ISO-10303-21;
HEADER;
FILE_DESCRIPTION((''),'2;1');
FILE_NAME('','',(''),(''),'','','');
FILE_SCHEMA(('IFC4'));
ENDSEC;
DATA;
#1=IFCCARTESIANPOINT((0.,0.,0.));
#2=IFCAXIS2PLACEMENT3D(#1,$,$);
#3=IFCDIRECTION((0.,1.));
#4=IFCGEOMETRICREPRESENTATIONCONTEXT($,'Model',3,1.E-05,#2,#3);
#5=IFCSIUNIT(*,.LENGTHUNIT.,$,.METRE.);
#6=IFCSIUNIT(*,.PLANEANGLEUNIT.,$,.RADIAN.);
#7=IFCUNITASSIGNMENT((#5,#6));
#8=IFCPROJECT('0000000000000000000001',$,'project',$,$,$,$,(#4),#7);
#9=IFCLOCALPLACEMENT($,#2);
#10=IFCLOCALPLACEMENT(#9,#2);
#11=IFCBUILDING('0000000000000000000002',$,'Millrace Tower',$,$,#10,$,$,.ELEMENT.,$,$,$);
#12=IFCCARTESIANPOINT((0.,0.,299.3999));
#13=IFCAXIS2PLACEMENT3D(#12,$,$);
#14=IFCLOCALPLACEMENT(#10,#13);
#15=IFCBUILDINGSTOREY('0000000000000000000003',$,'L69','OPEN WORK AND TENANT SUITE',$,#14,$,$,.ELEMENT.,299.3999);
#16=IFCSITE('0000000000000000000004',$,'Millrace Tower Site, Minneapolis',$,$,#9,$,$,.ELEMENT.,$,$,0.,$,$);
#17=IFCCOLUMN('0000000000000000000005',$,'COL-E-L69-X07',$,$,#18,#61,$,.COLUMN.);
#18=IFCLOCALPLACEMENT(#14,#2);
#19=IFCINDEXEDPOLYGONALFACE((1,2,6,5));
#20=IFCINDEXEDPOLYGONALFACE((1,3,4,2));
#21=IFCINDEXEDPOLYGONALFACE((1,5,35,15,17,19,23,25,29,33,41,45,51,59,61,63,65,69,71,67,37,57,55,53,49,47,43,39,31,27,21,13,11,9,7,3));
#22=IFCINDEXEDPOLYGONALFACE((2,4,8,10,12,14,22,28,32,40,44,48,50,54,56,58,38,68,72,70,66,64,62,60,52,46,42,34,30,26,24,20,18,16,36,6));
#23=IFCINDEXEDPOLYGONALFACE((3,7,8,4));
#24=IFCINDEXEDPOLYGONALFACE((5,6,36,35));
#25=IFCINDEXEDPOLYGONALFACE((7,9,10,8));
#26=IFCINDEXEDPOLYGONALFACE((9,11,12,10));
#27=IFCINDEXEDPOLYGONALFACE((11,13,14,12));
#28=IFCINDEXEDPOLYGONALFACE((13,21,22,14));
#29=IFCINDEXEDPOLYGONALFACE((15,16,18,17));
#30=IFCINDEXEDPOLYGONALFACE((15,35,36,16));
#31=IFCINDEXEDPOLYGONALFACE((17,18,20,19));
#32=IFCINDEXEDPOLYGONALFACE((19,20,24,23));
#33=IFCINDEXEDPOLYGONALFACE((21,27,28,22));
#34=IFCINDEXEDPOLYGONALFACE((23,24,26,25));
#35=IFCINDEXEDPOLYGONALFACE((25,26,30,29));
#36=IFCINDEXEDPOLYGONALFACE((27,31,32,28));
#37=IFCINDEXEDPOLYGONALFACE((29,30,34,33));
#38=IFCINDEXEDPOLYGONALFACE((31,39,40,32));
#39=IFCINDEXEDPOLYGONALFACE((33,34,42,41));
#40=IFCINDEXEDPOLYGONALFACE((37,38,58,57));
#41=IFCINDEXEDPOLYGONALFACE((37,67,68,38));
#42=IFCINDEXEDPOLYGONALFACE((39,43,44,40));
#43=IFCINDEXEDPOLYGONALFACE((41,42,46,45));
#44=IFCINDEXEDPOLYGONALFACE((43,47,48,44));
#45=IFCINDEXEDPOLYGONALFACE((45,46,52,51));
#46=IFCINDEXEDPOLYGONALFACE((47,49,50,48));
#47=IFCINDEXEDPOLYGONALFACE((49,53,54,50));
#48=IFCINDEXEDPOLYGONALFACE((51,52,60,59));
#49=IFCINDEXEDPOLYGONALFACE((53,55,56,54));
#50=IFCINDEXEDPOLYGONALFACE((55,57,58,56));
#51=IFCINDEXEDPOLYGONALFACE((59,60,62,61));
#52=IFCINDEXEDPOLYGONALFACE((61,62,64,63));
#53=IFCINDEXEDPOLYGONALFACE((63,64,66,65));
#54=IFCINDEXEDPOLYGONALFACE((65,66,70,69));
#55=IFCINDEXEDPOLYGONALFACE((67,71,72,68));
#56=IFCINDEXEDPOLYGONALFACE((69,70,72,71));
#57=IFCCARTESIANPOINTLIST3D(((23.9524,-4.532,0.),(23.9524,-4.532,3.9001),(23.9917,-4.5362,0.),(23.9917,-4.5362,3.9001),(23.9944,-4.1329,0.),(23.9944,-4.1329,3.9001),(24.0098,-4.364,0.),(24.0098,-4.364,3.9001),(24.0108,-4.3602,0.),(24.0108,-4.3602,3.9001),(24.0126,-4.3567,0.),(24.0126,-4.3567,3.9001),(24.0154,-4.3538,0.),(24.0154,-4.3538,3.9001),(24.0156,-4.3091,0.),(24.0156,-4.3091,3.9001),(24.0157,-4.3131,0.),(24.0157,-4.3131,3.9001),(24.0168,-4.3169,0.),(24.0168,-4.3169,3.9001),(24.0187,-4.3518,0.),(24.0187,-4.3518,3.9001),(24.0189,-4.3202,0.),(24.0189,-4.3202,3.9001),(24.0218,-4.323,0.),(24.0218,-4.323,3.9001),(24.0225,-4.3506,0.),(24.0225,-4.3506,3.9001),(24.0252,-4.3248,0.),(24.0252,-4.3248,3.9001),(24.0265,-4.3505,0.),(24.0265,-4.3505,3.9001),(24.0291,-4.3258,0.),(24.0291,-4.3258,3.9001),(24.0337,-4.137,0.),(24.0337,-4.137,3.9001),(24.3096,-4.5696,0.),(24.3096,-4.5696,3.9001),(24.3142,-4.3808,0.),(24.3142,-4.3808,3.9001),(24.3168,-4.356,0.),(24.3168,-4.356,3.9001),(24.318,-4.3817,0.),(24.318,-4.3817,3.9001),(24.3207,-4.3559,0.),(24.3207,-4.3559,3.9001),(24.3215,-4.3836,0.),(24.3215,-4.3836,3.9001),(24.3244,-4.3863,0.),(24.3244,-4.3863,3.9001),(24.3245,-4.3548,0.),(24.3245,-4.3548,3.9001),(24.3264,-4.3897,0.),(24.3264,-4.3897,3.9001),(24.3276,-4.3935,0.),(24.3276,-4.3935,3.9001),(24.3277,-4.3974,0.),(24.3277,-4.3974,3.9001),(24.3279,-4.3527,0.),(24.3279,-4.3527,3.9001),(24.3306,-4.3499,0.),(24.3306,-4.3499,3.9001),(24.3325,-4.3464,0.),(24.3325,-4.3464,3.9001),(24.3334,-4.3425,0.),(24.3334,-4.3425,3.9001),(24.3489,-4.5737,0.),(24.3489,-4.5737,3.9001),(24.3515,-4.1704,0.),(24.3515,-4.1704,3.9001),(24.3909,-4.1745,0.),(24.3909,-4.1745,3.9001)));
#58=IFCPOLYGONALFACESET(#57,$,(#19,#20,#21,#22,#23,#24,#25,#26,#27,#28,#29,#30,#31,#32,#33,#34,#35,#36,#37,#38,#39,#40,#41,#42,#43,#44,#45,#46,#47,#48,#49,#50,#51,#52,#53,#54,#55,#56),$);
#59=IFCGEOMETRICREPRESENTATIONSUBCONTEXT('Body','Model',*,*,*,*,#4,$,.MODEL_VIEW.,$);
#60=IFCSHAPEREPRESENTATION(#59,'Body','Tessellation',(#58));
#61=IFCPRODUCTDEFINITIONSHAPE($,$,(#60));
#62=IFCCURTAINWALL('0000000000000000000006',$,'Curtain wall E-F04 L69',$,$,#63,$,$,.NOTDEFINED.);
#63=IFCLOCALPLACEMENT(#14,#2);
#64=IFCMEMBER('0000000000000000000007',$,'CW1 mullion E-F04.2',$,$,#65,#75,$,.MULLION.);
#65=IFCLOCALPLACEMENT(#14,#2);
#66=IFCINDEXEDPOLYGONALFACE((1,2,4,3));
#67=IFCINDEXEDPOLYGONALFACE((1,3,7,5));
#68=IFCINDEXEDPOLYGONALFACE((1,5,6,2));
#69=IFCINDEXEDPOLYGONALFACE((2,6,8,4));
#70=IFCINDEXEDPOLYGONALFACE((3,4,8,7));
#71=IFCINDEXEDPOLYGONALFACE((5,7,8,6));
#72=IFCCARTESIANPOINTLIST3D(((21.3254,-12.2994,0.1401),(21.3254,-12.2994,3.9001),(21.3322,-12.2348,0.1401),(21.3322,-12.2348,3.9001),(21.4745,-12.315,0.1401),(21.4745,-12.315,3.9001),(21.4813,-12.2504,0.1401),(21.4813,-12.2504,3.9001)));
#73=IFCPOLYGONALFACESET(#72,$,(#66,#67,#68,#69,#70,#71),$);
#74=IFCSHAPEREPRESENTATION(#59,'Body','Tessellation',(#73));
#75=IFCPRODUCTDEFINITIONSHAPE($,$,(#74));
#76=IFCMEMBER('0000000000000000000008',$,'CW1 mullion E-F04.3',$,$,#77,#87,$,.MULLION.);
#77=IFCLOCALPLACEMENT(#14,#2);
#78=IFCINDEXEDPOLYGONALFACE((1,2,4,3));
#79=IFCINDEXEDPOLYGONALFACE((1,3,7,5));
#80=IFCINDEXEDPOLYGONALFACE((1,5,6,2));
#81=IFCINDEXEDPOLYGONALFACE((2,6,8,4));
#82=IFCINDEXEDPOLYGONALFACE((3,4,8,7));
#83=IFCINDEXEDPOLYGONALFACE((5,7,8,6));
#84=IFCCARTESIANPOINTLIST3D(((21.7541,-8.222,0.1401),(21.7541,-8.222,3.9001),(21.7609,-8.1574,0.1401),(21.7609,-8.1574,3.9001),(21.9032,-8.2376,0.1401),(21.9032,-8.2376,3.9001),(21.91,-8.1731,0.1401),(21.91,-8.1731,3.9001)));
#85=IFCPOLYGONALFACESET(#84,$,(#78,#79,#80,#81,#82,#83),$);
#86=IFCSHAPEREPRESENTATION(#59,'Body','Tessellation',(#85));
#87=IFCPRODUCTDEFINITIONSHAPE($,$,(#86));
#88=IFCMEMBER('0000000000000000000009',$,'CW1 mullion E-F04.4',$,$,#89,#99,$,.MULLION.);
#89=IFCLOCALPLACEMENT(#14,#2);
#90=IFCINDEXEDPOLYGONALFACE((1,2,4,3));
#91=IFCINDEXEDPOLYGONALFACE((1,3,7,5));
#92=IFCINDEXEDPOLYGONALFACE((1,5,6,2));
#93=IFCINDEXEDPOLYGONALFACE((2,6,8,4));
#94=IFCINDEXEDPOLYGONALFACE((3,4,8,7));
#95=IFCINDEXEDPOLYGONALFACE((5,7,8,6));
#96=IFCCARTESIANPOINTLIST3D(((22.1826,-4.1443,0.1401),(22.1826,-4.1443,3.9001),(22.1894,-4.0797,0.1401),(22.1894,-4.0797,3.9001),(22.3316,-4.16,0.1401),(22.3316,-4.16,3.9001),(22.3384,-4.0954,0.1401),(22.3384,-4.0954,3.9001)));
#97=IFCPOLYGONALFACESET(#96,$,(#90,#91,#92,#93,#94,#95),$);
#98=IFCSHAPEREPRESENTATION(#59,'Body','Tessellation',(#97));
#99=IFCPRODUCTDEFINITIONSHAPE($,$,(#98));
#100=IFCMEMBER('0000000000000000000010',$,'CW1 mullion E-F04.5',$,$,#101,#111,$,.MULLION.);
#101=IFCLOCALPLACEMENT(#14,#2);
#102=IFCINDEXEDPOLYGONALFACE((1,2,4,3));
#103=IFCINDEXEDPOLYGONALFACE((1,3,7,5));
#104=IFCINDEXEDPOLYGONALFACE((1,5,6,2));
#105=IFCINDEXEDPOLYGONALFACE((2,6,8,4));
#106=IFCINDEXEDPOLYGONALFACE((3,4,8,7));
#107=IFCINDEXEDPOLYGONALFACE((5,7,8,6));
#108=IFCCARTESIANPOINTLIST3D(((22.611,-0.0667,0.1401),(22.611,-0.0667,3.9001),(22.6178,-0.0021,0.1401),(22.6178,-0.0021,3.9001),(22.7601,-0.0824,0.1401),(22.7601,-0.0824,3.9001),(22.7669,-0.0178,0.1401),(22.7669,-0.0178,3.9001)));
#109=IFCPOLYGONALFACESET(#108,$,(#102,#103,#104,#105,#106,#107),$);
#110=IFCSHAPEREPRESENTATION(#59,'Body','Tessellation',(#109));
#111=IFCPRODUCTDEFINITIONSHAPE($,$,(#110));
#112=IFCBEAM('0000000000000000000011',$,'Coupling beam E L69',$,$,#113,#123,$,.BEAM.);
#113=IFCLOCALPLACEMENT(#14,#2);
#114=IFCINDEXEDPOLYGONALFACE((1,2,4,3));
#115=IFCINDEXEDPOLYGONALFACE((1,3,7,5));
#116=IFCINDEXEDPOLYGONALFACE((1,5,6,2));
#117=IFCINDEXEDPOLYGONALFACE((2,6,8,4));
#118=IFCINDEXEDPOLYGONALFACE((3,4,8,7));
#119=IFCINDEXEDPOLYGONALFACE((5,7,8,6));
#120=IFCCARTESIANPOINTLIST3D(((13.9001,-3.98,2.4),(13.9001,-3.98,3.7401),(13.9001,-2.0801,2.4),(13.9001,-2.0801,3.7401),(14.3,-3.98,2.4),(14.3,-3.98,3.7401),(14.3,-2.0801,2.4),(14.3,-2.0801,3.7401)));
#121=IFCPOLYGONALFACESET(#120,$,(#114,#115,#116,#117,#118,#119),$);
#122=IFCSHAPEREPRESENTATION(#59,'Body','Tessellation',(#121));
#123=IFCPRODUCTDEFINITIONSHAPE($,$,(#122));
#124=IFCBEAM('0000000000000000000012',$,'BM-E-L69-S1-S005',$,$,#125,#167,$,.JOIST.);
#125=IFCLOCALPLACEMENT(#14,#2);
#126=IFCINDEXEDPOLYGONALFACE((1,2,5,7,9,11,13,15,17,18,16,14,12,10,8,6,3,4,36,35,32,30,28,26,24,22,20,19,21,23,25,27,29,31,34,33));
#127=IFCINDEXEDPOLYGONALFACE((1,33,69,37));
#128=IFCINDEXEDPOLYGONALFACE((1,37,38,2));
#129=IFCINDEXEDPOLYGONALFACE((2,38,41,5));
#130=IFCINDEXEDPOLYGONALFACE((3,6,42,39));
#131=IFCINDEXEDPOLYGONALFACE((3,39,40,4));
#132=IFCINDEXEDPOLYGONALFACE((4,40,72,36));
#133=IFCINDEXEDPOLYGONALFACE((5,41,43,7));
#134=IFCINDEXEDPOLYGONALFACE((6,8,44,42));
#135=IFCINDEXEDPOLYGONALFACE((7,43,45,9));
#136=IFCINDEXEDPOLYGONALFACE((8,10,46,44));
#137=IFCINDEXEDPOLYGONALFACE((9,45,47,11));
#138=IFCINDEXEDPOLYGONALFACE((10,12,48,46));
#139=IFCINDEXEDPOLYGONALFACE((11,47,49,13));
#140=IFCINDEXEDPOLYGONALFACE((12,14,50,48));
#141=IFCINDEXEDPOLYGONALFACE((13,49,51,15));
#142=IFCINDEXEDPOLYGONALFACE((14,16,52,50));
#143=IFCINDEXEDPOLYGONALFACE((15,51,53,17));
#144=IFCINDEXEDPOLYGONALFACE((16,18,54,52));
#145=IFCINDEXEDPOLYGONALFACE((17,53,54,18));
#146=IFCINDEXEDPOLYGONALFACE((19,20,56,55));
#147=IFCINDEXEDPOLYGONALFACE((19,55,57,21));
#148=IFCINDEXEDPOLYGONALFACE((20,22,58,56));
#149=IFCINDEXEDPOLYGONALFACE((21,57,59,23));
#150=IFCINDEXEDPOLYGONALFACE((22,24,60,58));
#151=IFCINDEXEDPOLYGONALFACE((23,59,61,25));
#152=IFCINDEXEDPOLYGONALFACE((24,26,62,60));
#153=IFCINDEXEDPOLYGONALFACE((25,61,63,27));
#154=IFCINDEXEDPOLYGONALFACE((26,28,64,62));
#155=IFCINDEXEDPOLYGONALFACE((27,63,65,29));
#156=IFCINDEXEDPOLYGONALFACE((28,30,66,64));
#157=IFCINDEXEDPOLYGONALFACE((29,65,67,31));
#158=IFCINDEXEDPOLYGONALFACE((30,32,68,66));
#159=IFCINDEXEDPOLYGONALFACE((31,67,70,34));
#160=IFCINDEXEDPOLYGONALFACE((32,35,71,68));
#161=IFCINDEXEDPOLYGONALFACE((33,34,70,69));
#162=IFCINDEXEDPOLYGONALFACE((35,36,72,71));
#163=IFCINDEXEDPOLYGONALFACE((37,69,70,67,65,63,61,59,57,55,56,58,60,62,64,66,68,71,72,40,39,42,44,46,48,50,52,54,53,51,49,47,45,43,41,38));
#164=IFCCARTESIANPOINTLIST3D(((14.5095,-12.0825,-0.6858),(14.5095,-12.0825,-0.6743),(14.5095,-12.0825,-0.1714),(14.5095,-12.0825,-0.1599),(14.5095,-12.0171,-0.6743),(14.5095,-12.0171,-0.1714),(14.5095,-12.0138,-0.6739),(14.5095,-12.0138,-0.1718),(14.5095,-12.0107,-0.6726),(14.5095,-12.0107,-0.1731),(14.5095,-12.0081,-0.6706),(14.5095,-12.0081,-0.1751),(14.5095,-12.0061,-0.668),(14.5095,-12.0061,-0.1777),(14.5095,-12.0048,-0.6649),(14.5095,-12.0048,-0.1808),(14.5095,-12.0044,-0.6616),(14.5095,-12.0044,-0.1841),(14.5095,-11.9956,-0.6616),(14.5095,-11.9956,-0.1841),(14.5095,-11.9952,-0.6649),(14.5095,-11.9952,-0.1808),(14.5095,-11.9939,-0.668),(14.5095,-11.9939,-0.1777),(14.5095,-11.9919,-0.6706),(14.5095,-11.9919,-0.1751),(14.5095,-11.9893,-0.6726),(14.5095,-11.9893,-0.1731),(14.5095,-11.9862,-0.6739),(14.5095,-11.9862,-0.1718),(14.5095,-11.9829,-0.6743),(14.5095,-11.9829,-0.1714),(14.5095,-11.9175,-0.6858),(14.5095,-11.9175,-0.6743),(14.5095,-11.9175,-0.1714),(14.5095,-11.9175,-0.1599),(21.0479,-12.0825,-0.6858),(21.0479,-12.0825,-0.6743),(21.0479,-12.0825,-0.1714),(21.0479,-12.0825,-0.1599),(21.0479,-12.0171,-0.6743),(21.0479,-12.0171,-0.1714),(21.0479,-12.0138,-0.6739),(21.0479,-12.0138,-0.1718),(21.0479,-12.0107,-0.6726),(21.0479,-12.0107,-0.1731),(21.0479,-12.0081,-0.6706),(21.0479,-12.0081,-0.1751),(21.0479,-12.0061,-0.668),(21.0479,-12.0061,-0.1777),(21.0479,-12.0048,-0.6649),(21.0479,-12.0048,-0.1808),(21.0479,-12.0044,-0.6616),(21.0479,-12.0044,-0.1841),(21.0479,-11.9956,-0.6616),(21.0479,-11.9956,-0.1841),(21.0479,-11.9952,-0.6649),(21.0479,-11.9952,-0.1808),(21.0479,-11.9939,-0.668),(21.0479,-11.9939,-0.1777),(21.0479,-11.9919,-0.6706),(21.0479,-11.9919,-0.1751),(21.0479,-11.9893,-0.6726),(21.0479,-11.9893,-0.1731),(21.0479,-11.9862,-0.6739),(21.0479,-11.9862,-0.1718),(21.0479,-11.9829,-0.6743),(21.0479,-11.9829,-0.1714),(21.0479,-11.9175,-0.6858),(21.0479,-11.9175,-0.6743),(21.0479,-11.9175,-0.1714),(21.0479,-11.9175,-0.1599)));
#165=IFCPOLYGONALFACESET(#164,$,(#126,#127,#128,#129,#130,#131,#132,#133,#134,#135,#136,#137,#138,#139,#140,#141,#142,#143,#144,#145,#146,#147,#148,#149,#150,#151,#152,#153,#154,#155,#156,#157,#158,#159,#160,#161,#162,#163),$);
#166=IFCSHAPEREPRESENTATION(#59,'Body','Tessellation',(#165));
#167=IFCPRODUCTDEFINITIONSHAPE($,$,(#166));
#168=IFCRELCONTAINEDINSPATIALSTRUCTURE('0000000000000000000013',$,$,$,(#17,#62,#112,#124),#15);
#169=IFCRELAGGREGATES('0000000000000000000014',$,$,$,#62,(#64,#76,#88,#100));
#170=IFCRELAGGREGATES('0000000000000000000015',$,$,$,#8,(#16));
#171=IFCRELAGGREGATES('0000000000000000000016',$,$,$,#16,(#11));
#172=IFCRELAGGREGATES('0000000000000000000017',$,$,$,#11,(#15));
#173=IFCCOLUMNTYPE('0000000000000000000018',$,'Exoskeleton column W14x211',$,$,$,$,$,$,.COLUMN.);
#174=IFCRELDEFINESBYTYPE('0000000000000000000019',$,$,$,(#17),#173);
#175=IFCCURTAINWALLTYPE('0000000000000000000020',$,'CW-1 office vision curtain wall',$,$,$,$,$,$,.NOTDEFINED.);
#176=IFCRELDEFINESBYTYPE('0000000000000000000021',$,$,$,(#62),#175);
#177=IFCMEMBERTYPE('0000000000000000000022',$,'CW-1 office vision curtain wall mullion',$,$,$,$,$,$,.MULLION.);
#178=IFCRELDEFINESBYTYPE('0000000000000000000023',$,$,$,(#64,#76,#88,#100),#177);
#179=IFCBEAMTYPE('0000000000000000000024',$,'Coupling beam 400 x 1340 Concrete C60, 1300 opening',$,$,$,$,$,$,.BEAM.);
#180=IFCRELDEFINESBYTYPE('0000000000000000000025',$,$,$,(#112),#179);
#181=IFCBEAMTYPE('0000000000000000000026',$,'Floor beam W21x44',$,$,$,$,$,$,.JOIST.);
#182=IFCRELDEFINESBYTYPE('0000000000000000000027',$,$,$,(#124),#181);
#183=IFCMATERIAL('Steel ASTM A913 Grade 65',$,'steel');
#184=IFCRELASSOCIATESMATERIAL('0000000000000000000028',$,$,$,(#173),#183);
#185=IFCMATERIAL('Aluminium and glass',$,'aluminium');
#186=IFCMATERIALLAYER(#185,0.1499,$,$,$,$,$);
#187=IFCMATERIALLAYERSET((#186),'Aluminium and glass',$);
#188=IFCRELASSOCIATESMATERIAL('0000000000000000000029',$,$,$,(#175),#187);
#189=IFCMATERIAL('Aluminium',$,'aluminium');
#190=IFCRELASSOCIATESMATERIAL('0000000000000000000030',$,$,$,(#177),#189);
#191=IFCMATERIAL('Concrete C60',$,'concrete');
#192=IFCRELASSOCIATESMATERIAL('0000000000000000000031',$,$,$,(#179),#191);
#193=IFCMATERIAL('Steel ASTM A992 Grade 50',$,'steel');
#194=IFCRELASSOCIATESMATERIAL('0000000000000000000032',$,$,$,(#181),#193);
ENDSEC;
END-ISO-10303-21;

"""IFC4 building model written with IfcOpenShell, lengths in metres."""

from ifc_helpers import new_model, si_unit, direction, frame, origin, origin_2d, place, context, subcontext, project, spatial, rectangle, i_section, extrude, material, layer, layer_set, material_profile, profile_set, type_object, element, aggregate, save


model = new_model("IFC4")

# Units and contexts
model_context = context("Model", 3, precision=1e-05, world=origin(), true_north=direction((0.0, 1.0)))
body_context = subcontext(model_context, "Body", "Model", "MODEL_VIEW")
ifc_project = project(units=[si_unit("LENGTHUNIT", "METRE"), si_unit("PLANEANGLEUNIT", "RADIAN")], contexts=[model_context])

# Site, building, storey
site_placement = place(None, origin())
site = spatial("IfcSite", under=ifc_project, at=site_placement, Name="Millrace Tower Site, Minneapolis", CompositionType="ELEMENT", RefElevation=0.0)
building_placement = place(site_placement, origin())
building = spatial("IfcBuilding", under=site, at=building_placement, Name="Millrace Tower", CompositionType="ELEMENT")
storey_placement = place(building_placement, frame((0.0, 0.0, 299.3999)))
storey = spatial("IfcBuildingStorey", under=building, at=storey_placement, Name="L69", Description="OPEN WORK AND TENANT SUITE", CompositionType="ELEMENT", Elevation=299.3999)

# Column
ifc_material_1 = material(Name="Steel ASTM A913 Grade 65", Category="steel")
ifc_material_profile_1 = material_profile(ifc_material_1, i_section(OverallWidth=0.4014, OverallDepth=0.3987, WebThickness=0.0249, FlangeThickness=0.0396, FilletRadius=0.0151, at=origin_2d()))
ifc_profile_set_1 = profile_set([ifc_material_profile_1], Name="Steel ASTM A913 Grade 65")
column_type = type_object("IfcColumnType", Name="Exoskeleton column W14x211", PredefinedType="COLUMN", material=ifc_profile_set_1)
column_placement = place(storey_placement, frame((24.1716, -4.3533, 0.0), z_axis=(0.0, 0.0, 1.0), x_axis=(0.104528, 0.994522, 0.0)))
element("IfcColumn", 1, at=column_placement, inside=storey, type_object=column_type, Name="COL-E-L69-X07", PredefinedType="COLUMN", context=body_context, shape_type="SweptSolid", body=[
    extrude(i_section(OverallWidth=0.4014, OverallDepth=0.3987, WebThickness=0.0249, FlangeThickness=0.0396, FilletRadius=0.0151, at=origin_2d()), origin(), (0.0, 0.0, 1.0), 3.9001),
])

# Curtain wall, members
ifc_material_2 = material(Name="Aluminium and glass", Category="aluminium")
ifc_layer_1 = layer(ifc_material_2, 0.1499)
ifc_layer_set_1 = layer_set([ifc_layer_1], Name="Aluminium and glass")
curtain_wall_type = type_object("IfcCurtainWallType", Name="CW-1 office vision curtain wall", PredefinedType="NOTDEFINED", material=ifc_layer_set_1)
placement = place(storey_placement, origin())
curtain_wall = element("IfcCurtainWall", 2, at=placement, inside=storey, type_object=curtain_wall_type, Name="Curtain wall E-F04 L69", PredefinedType="NOTDEFINED")
ifc_material_3 = material(Name="Aluminium", Category="aluminium")
ifc_material_profile_2 = material_profile(ifc_material_3, rectangle(XDim=0.0649, YDim=0.1499, at=origin_2d()))
ifc_profile_set_2 = profile_set([ifc_material_profile_2], Name="Aluminium")
member_type = type_object("IfcMemberType", Name="CW-1 office vision curtain wall mullion", PredefinedType="MULLION", material=ifc_profile_set_2)
member_1_placement = place(storey_placement, frame((21.4033, -12.2749, 0.1401), z_axis=(0.0, 0.0, 1.0), x_axis=(0.104528, 0.994522, 0.0)))
member_1 = element("IfcMember", 3, at=member_1_placement, type_object=member_type, Name="CW1 mullion E-F04.2", PredefinedType="MULLION", context=body_context, shape_type="SweptSolid", body=[
    extrude(rectangle(XDim=0.0649, YDim=0.1499, at=origin_2d()), origin(), (0.0, 0.0, 1.0), 3.76),
])
member_2_placement = place(storey_placement, frame((21.832, -8.1975, 0.1401), z_axis=(0.0, 0.0, 1.0), x_axis=(0.104528, 0.994522, 0.0)))
member_2 = element("IfcMember", 4, at=member_2_placement, type_object=member_type, Name="CW1 mullion E-F04.3", PredefinedType="MULLION", context=body_context, shape_type="SweptSolid", body=[
    extrude(rectangle(XDim=0.0649, YDim=0.1499, at=origin_2d()), origin(), (0.0, 0.0, 1.0), 3.76),
])
member_3_placement = place(storey_placement, frame((22.2605, -4.1199, 0.1401), z_axis=(0.0, 0.0, 1.0), x_axis=(0.104528, 0.994522, 0.0)))
member_3 = element("IfcMember", 5, at=member_3_placement, type_object=member_type, Name="CW1 mullion E-F04.4", PredefinedType="MULLION", context=body_context, shape_type="SweptSolid", body=[
    extrude(rectangle(XDim=0.0649, YDim=0.1499, at=origin_2d()), origin(), (0.0, 0.0, 1.0), 3.76),
])
member_4_placement = place(storey_placement, frame((22.689, -0.0422, 0.1401), z_axis=(0.0, 0.0, 1.0), x_axis=(0.104528, 0.994522, 0.0)))
member_4 = element("IfcMember", 6, at=member_4_placement, type_object=member_type, Name="CW1 mullion E-F04.5", PredefinedType="MULLION", context=body_context, shape_type="SweptSolid", body=[
    extrude(rectangle(XDim=0.0649, YDim=0.1499, at=origin_2d()), origin(), (0.0, 0.0, 1.0), 3.76),
])
aggregate(curtain_wall, [member_1, member_2, member_3, member_4])

# Beams
ifc_material_4 = material(Name="Concrete C60", Category="concrete")
ifc_material_profile_3 = material_profile(ifc_material_4, rectangle(XDim=0.3999, YDim=1.3401, at=origin_2d()))
ifc_profile_set_3 = profile_set([ifc_material_profile_3], Name="Concrete C60")
beam_type_1 = type_object("IfcBeamType", Name="Coupling beam 400 x 1340 Concrete C60, 1300 opening", PredefinedType="BEAM", material=ifc_profile_set_3)
beam_1_placement = place(storey_placement, frame((14.1001, -2.0801, 3.0701), z_axis=(0.0, -1.0, 0.0), x_axis=(1.0, 0.0, 0.0)))
element("IfcBeam", 7, at=beam_1_placement, inside=storey, type_object=beam_type_1, Name="Coupling beam E L69", PredefinedType="BEAM", context=body_context, shape_type="SweptSolid", body=[
    extrude(rectangle(XDim=0.3999, YDim=1.3401, at=origin_2d()), origin(), (0.0, 0.0, 1.0), 1.8999),
])
ifc_material_5 = material(Name="Steel ASTM A992 Grade 50", Category="steel")
ifc_material_profile_4 = material_profile(ifc_material_5, i_section(OverallWidth=0.165, OverallDepth=0.5259, WebThickness=0.0088, FlangeThickness=0.0115, FilletRadius=0.0127, at=origin_2d()))
ifc_profile_set_4 = profile_set([ifc_material_profile_4], Name="Steel ASTM A992 Grade 50")
beam_type_2 = type_object("IfcBeamType", Name="Floor beam W21x44", PredefinedType="JOIST", material=ifc_profile_set_4)
beam_2_placement = place(storey_placement, frame((14.5095, -12.0, -0.4229), z_axis=(1.0, 0.0, 0.0), x_axis=(0.0, 1.0, 0.0)))
element("IfcBeam", 8, at=beam_2_placement, inside=storey, type_object=beam_type_2, Name="BM-E-L69-S1-S005", PredefinedType="JOIST", context=body_context, shape_type="SweptSolid", body=[
    extrude(i_section(OverallWidth=0.165, OverallDepth=0.5259, WebThickness=0.0088, FlangeThickness=0.0115, FilletRadius=0.0127, at=origin_2d()), origin(), (0.0, 0.0, 1.0), 6.5383),
])

save(model, "model.ifc")
